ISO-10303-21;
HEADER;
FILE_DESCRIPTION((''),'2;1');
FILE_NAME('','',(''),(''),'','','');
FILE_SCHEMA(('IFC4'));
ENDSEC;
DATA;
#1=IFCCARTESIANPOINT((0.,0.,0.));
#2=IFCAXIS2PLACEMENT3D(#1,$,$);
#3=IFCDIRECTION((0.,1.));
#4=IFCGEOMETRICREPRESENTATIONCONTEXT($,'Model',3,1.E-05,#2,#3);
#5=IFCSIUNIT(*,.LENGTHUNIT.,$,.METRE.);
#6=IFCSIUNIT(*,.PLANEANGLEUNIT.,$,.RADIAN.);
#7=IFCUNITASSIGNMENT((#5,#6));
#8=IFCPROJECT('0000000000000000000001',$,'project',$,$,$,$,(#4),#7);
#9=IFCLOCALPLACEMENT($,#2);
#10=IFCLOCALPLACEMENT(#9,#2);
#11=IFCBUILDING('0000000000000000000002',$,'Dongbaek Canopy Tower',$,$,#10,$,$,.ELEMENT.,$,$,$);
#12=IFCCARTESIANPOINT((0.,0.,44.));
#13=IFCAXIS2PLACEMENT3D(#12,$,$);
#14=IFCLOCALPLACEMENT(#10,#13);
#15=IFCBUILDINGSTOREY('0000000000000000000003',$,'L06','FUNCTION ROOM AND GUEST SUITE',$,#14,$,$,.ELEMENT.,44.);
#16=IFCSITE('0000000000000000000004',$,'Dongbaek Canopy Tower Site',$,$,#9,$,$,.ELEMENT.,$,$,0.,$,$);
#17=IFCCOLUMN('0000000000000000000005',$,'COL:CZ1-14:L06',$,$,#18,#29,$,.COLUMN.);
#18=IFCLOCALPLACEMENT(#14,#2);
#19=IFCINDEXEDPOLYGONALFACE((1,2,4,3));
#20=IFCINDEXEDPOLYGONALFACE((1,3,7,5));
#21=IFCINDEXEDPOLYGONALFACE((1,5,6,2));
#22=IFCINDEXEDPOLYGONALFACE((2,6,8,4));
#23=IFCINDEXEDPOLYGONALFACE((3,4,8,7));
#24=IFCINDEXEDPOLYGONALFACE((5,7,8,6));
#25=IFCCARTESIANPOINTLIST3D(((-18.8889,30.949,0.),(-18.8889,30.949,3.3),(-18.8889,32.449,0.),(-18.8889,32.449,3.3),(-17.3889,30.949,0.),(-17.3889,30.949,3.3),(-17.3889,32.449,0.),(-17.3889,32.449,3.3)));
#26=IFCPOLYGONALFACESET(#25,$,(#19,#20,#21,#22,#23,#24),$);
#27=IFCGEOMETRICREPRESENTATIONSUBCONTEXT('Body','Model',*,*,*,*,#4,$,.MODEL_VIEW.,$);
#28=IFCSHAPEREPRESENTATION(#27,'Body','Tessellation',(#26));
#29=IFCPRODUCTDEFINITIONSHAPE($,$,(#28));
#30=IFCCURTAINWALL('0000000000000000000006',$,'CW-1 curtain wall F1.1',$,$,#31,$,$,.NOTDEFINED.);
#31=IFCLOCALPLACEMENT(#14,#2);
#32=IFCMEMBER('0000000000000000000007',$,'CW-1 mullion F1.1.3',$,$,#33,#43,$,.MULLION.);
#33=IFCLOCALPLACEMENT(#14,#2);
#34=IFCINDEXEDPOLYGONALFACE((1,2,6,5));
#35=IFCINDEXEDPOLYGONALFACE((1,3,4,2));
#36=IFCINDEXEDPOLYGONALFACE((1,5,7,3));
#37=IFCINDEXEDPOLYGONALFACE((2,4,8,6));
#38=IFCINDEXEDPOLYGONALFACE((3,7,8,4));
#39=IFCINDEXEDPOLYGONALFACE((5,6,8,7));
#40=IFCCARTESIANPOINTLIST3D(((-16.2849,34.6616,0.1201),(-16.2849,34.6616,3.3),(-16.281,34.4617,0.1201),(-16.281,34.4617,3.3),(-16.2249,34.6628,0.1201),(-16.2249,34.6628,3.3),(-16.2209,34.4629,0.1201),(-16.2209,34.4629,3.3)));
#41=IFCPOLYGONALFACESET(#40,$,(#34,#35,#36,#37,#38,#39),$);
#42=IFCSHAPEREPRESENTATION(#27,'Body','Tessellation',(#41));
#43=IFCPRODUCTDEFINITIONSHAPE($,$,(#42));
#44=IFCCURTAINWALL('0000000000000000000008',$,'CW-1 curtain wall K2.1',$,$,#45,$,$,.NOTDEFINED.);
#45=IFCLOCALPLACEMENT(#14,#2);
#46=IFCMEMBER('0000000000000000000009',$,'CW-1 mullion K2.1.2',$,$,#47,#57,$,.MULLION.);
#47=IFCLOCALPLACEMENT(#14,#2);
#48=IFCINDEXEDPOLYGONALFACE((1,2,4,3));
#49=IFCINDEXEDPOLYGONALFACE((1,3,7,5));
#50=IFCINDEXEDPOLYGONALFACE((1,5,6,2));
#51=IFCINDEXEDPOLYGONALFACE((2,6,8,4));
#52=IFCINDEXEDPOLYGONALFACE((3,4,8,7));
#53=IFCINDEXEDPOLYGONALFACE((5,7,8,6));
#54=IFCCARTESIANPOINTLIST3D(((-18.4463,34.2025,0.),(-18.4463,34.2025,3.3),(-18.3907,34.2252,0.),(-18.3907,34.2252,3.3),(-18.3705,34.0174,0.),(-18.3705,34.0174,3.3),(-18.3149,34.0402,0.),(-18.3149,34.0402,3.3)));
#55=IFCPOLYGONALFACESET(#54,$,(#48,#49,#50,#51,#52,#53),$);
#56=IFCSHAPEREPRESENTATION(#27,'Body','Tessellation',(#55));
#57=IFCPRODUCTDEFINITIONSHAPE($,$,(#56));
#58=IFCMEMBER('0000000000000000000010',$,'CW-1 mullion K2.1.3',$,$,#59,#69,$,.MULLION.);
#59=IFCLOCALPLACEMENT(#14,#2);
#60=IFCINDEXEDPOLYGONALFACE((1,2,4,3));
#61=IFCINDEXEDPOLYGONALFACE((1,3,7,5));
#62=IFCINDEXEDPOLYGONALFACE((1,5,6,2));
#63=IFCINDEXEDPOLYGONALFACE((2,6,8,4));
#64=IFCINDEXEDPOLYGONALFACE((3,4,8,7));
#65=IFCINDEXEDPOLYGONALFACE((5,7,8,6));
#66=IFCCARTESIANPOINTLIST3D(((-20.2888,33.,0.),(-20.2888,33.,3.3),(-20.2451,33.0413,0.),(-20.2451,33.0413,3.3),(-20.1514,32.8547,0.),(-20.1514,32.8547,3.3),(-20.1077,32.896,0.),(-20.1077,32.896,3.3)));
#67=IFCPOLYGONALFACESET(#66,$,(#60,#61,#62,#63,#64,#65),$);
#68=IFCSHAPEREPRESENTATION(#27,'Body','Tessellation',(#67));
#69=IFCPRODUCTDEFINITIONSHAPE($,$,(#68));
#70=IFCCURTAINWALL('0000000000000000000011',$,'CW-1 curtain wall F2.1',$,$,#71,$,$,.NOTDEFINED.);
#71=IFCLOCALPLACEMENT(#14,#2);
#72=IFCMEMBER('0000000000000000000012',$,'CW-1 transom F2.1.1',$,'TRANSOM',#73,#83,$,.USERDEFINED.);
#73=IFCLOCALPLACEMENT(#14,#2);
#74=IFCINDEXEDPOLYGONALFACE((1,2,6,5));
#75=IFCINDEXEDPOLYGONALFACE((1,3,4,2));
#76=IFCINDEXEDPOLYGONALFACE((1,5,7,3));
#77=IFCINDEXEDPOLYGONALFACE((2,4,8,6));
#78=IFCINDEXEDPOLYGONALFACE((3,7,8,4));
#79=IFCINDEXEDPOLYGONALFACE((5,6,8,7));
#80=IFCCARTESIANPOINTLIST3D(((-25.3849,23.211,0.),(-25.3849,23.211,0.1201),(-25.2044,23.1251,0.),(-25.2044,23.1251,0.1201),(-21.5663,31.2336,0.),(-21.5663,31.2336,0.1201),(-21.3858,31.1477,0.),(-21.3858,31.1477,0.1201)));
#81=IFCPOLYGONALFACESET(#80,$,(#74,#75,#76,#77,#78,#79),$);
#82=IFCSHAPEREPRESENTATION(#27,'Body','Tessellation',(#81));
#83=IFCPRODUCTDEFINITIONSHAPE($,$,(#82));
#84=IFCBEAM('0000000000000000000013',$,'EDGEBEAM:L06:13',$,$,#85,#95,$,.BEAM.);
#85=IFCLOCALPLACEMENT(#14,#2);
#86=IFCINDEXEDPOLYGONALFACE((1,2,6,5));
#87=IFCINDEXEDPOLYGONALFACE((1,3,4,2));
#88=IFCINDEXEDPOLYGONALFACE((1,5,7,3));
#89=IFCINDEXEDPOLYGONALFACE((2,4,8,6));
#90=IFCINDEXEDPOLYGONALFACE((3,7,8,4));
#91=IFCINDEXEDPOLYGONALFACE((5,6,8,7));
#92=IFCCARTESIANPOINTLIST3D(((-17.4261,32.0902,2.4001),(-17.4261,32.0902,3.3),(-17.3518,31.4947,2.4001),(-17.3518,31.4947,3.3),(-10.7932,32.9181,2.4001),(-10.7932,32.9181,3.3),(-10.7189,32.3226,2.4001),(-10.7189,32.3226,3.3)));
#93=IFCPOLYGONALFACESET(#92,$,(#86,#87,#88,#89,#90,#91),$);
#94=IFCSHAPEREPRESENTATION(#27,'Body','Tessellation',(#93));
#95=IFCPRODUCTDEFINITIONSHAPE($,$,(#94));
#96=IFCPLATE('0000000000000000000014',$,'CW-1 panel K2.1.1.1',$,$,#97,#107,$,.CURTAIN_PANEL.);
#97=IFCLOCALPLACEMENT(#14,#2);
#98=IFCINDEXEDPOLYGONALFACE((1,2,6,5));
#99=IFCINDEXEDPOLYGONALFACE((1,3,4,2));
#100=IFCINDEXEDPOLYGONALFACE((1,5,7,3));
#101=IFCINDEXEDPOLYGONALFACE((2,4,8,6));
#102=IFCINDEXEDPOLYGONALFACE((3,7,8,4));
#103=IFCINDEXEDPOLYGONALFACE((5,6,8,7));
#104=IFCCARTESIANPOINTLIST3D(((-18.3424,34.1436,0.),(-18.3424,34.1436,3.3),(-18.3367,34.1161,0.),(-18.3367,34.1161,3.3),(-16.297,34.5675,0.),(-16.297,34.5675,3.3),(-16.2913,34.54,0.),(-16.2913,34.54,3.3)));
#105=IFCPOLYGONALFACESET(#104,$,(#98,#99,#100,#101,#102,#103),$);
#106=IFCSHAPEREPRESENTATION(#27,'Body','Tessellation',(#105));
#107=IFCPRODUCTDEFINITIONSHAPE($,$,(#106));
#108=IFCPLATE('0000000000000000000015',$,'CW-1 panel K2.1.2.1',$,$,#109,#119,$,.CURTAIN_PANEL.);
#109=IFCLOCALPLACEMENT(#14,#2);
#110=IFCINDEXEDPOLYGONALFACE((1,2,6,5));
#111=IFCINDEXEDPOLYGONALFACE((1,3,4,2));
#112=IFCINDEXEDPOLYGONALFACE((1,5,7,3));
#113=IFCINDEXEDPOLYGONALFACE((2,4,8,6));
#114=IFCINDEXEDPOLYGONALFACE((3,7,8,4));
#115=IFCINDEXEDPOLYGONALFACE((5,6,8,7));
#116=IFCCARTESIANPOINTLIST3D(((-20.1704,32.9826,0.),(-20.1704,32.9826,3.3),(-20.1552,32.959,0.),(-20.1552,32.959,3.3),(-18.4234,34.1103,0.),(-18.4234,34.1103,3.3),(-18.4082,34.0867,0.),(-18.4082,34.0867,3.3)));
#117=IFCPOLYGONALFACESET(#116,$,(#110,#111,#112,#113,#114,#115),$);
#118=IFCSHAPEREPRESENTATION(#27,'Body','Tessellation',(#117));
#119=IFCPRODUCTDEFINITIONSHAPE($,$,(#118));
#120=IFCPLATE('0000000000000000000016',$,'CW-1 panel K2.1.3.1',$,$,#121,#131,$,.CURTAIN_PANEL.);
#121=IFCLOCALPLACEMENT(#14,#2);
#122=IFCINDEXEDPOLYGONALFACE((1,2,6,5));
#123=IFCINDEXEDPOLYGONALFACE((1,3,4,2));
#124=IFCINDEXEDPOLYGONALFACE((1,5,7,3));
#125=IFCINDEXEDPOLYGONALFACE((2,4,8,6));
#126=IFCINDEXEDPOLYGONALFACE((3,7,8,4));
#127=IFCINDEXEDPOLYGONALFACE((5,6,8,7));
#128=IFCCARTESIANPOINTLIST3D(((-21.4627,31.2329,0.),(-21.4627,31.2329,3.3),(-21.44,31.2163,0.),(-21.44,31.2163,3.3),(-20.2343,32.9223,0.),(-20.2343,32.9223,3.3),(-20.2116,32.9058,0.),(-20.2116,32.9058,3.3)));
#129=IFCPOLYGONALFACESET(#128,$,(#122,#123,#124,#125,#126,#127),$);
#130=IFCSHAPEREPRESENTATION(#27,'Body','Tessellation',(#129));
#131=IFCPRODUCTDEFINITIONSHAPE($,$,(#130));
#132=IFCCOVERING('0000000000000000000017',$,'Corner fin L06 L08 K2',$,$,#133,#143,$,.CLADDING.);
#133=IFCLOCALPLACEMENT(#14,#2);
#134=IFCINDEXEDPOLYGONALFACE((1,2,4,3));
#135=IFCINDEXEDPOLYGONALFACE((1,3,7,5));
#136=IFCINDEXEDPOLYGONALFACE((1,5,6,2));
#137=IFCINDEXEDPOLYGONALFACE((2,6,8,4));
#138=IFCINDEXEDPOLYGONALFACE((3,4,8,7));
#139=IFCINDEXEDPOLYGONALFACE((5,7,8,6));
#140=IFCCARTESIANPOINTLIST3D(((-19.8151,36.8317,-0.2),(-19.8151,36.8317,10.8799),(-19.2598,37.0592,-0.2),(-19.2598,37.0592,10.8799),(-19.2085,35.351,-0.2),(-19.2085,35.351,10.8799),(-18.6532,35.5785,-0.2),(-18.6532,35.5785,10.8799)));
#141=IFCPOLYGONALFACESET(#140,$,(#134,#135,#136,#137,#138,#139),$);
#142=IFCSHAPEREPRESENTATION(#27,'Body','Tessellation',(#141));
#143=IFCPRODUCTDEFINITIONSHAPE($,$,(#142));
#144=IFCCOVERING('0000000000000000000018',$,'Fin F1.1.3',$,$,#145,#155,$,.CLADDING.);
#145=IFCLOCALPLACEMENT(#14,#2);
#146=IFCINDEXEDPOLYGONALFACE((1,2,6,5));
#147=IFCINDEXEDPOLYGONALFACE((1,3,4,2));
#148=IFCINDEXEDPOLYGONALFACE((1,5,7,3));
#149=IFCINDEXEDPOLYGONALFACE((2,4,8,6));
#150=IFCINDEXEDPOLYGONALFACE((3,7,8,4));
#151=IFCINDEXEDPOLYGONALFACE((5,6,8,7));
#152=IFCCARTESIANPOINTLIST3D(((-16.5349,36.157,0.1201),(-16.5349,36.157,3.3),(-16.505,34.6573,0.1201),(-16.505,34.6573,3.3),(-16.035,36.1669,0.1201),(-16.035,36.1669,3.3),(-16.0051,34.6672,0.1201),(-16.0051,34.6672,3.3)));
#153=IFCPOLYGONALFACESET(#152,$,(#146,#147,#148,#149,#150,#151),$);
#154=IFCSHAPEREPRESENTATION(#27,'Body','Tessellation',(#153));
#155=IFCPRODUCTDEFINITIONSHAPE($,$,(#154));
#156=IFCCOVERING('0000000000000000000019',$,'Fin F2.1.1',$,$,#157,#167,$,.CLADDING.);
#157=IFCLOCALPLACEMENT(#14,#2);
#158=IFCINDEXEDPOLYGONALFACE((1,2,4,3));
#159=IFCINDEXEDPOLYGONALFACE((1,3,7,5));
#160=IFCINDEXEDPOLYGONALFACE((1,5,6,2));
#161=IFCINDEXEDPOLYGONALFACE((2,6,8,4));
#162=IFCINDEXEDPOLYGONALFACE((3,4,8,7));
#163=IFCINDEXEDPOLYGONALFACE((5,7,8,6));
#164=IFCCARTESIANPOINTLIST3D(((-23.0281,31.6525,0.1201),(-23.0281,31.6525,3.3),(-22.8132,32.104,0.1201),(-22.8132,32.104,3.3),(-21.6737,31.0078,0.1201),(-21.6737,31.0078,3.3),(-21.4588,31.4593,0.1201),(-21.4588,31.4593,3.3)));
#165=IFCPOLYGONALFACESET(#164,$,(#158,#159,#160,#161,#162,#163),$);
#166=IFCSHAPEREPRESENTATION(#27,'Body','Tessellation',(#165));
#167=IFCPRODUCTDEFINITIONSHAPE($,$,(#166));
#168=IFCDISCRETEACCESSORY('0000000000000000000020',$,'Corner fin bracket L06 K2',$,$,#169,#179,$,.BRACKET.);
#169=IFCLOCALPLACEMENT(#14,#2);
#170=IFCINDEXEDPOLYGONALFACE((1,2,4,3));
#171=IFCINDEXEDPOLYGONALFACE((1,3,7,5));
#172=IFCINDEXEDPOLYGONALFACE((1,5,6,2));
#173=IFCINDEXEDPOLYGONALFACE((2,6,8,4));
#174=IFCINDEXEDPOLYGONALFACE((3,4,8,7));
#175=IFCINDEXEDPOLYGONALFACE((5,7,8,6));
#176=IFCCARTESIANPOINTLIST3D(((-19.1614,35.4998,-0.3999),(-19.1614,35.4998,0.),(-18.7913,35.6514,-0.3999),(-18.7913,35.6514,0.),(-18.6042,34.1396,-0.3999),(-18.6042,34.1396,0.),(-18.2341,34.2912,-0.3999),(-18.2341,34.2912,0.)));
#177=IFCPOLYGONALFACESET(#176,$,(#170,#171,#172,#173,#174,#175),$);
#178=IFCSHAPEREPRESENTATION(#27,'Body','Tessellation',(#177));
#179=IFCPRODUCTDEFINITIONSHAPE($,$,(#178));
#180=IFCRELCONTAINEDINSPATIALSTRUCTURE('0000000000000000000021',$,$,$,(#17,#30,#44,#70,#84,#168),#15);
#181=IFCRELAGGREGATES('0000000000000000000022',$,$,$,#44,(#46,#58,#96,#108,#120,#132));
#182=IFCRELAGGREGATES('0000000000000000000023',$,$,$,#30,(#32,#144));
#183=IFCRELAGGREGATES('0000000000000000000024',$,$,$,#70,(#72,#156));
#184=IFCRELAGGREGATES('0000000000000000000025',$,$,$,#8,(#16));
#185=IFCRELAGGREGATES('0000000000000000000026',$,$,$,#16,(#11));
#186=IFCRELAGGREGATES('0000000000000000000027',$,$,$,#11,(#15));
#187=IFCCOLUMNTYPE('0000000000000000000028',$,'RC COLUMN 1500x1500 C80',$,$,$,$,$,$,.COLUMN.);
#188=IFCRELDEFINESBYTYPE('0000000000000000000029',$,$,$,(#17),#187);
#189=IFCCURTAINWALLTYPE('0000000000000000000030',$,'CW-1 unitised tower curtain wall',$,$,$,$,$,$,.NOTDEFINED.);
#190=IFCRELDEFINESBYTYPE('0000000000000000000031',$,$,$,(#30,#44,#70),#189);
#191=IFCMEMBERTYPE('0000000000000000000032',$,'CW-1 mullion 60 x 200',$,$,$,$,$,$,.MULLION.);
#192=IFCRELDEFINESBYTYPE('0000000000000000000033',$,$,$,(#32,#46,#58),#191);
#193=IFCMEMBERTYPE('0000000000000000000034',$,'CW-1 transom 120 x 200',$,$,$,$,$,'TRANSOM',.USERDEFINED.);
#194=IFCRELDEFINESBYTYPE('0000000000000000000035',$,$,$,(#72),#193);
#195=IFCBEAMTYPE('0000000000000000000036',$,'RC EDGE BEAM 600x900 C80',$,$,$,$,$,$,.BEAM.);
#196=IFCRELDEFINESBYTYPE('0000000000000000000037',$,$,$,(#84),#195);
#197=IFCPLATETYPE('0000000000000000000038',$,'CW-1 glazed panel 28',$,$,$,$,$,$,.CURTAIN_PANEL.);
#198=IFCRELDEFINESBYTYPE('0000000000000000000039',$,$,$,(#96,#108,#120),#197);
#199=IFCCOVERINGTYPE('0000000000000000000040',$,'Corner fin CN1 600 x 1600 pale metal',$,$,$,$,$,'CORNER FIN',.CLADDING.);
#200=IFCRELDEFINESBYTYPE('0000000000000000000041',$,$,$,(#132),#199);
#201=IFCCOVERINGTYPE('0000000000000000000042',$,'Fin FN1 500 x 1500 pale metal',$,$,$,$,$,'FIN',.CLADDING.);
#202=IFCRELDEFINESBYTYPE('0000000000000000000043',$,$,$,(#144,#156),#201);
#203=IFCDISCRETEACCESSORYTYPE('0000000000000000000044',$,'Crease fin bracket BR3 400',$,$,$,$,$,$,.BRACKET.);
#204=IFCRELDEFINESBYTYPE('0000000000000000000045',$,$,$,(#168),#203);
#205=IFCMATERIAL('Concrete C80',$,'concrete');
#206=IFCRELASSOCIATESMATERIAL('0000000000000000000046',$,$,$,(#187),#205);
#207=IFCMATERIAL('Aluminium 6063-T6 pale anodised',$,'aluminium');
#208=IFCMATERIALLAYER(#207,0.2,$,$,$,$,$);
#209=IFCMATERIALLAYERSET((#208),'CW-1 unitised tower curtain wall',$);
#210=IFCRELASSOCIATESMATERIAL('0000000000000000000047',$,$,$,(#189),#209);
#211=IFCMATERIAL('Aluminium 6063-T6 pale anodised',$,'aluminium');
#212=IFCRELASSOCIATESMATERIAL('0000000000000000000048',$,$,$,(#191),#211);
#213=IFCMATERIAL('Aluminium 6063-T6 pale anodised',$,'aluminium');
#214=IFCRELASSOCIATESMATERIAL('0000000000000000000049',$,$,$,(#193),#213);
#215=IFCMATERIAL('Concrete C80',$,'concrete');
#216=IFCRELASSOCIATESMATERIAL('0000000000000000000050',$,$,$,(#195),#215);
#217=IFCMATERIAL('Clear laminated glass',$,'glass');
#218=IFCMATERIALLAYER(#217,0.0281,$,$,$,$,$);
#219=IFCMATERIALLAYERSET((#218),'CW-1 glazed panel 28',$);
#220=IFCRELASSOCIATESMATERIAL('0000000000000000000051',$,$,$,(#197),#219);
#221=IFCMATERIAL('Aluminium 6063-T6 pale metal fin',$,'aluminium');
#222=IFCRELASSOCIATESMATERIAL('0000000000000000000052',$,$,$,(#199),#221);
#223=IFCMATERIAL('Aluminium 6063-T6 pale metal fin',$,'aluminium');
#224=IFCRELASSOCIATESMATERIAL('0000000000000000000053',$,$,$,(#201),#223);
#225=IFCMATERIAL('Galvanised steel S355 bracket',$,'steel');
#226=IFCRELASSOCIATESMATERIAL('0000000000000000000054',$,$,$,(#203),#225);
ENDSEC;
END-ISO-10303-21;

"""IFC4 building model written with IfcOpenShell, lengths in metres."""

from ifc_helpers import new_model, si_unit, direction, frame, origin, origin_2d, place, context, subcontext, project, spatial, rectangle, extrude, material, layer, layer_set, material_profile, profile_set, type_object, element, aggregate, save


model = new_model("IFC4")

# Units and contexts
model_context = context("Model", 3, precision=1e-05, world=origin(), true_north=direction((0.0, 1.0)))
body_context = subcontext(model_context, "Body", "Model", "MODEL_VIEW")
ifc_project = project(units=[si_unit("LENGTHUNIT", "METRE"), si_unit("PLANEANGLEUNIT", "RADIAN")], contexts=[model_context])

# Site, building, storey
site_placement = place(None, origin())
site = spatial("IfcSite", under=ifc_project, at=site_placement, Name="Dongbaek Canopy Tower Site", CompositionType="ELEMENT", RefElevation=0.0)
building_placement = place(site_placement, origin())
building = spatial("IfcBuilding", under=site, at=building_placement, Name="Dongbaek Canopy Tower", CompositionType="ELEMENT")
storey_placement = place(building_placement, frame((0.0, 0.0, 44.0)))
storey = spatial("IfcBuildingStorey", under=building, at=storey_placement, Name="L06", Description="FUNCTION ROOM AND GUEST SUITE", CompositionType="ELEMENT", Elevation=44.0)

# Column
ifc_material_1 = material(Name="Concrete C80", Category="concrete")
ifc_material_profile_1 = material_profile(ifc_material_1, rectangle(XDim=1.5, YDim=1.5, at=origin_2d()), Name="RC COLUMN 1500x1500 C80")
ifc_profile_set_1 = profile_set([ifc_material_profile_1], Name="Concrete C80")
column_type = type_object("IfcColumnType", Name="RC COLUMN 1500x1500 C80", PredefinedType="COLUMN", material=ifc_profile_set_1)
column_placement = place(storey_placement, frame((-18.1389, 31.699, 0.0), z_axis=(0.0, 0.0, 1.0), x_axis=(1.0, 0.0, 0.0)))
element("IfcColumn", 1, at=column_placement, inside=storey, type_object=column_type, Name="COL:CZ1-14:L06", PredefinedType="COLUMN", context=body_context, shape_type="SweptSolid", body=[
    extrude(rectangle(XDim=1.5, YDim=1.5, at=origin_2d()), origin(), (0.0, 0.0, 1.0), 3.3),
])

# Curtain wall, member
ifc_material_2 = material(Name="Aluminium 6063-T6 pale anodised", Category="aluminium")
ifc_layer_1 = layer(ifc_material_2, 0.2)
ifc_layer_set_1 = layer_set([ifc_layer_1], Name="CW-1 unitised tower curtain wall")
curtain_wall_type = type_object("IfcCurtainWallType", Name="CW-1 unitised tower curtain wall", PredefinedType="NOTDEFINED", material=ifc_layer_set_1)
curtain_wall_1_placement = place(storey_placement, origin())
curtain_wall_1 = element("IfcCurtainWall", 2, at=curtain_wall_1_placement, inside=storey, type_object=curtain_wall_type, Name="CW-1 curtain wall F1.1", PredefinedType="NOTDEFINED")
ifc_material_3 = material(Name="Aluminium 6063-T6 pale anodised", Category="aluminium")
ifc_material_profile_2 = material_profile(ifc_material_3, rectangle(XDim=0.2, YDim=0.0601, at=origin_2d()), Name="CW-1 mullion 60 x 200")
ifc_profile_set_2 = profile_set([ifc_material_profile_2], Name="Aluminium 6063-T6 pale anodised")
member_type_1 = type_object("IfcMemberType", Name="CW-1 mullion 60 x 200", PredefinedType="MULLION", material=ifc_profile_set_2)
member_1_placement = place(storey_placement, frame((-16.2529, 34.5623, 0.1201), z_axis=(0.0, 0.0, 1.0), x_axis=(-0.019926, 0.999801, 0.0)))
member_1 = element("IfcMember", 3, at=member_1_placement, type_object=member_type_1, Name="CW-1 mullion F1.1.3", PredefinedType="MULLION", context=body_context, shape_type="SweptSolid", body=[
    extrude(rectangle(XDim=0.2, YDim=0.0601, at=origin_2d()), origin(), (0.0, 0.0, 1.0), 3.1799),
])

# Curtain wall, members
curtain_wall_2_placement = place(storey_placement, origin())
curtain_wall_2 = element("IfcCurtainWall", 4, at=curtain_wall_2_placement, inside=storey, type_object=curtain_wall_type, Name="CW-1 curtain wall K2.1", PredefinedType="NOTDEFINED")
member_2_placement = place(storey_placement, frame((-18.3806, 34.1213, 0.0), z_axis=(0.0, 0.0, 1.0), x_axis=(-0.379075, 0.925366, 0.0)))
member_2 = element("IfcMember", 5, at=member_2_placement, type_object=member_type_1, Name="CW-1 mullion K2.1.2", PredefinedType="MULLION", context=body_context, shape_type="SweptSolid", body=[
    extrude(rectangle(XDim=0.2, YDim=0.0601, at=origin_2d()), origin(), (0.0, 0.0, 1.0), 3.3),
])
member_3_placement = place(storey_placement, frame((-20.1982, 32.948, 0.0), z_axis=(0.0, 0.0, 1.0), x_axis=(-0.687228, 0.726442, 0.0)))
member_3 = element("IfcMember", 6, at=member_3_placement, type_object=member_type_1, Name="CW-1 mullion K2.1.3", PredefinedType="MULLION", context=body_context, shape_type="SweptSolid", body=[
    extrude(rectangle(XDim=0.2, YDim=0.0601, at=origin_2d()), origin(), (0.0, 0.0, 1.0), 3.3),
])

# Curtain wall, member
curtain_wall_3_placement = place(storey_placement, origin())
curtain_wall_3 = element("IfcCurtainWall", 7, at=curtain_wall_3_placement, inside=storey, type_object=curtain_wall_type, Name="CW-1 curtain wall F2.1", PredefinedType="NOTDEFINED")
ifc_material_4 = material(Name="Aluminium 6063-T6 pale anodised", Category="aluminium")
ifc_material_profile_3 = material_profile(ifc_material_4, rectangle(XDim=0.2, YDim=0.1201, at=origin_2d()), Name="CW-1 transom 120 x 200")
ifc_profile_set_3 = profile_set([ifc_material_profile_3], Name="Aluminium 6063-T6 pale anodised")
member_type_2 = type_object("IfcMemberType", Name="CW-1 transom 120 x 200", ElementType="TRANSOM", PredefinedType="USERDEFINED", material=ifc_profile_set_3)
member_4_placement = place(storey_placement, frame((-21.4761, 31.1907, 0.0601), z_axis=(-0.429775, -0.902936, 0.0), x_axis=(0.902936, -0.429775, 0.0)))
member_4 = element("IfcMember", 8, at=member_4_placement, type_object=member_type_2, Name="CW-1 transom F2.1.1", ObjectType="TRANSOM", PredefinedType="USERDEFINED", context=body_context, shape_type="SweptSolid", body=[
    extrude(rectangle(XDim=0.2, YDim=0.1201, at=origin_2d()), origin(), (0.0, 0.0, 1.0), 8.885),
])

# Beam
ifc_material_5 = material(Name="Concrete C80", Category="concrete")
ifc_material_profile_4 = material_profile(ifc_material_5, rectangle(XDim=0.6001, YDim=0.8999, at=origin_2d()), Name="RC EDGE BEAM 600x900 C80")
ifc_profile_set_4 = profile_set([ifc_material_profile_4], Name="Concrete C80")
beam_type = type_object("IfcBeamType", Name="RC EDGE BEAM 600x900 C80", PredefinedType="BEAM", material=ifc_profile_set_4)
beam_placement = place(storey_placement, frame((-17.3889, 31.7925, 2.8501), z_axis=(0.9923, 0.123855, 0.0), x_axis=(-0.123855, 0.9923, 0.0)))
element("IfcBeam", 9, at=beam_placement, inside=storey, type_object=beam_type, Name="EDGEBEAM:L06:13", PredefinedType="BEAM", context=body_context, shape_type="SweptSolid", body=[
    extrude(rectangle(XDim=0.6001, YDim=0.8999, at=origin_2d()), origin(), (0.0, 0.0, 1.0), 6.6843),
])

# Plates
ifc_material_6 = material(Name="Clear laminated glass", Category="glass")
ifc_layer_2 = layer(ifc_material_6, 0.0281)
ifc_layer_set_2 = layer_set([ifc_layer_2], Name="CW-1 glazed panel 28")
plate_type = type_object("IfcPlateType", Name="CW-1 glazed panel 28", PredefinedType="CURTAIN_PANEL", material=ifc_layer_set_2)
plate_1_placement = place(storey_placement, frame((-17.3169, 34.3418, 0.0), z_axis=(0.0, 0.0, 1.0), x_axis=(-0.979191, -0.202942, 0.0)))
plate_1 = element("IfcPlate", 10, at=plate_1_placement, type_object=plate_type, Name="CW-1 panel K2.1.1.1", PredefinedType="CURTAIN_PANEL", context=body_context, shape_type="SweptSolid", body=[
    extrude(rectangle(XDim=2.0889, YDim=0.0281, at=origin_2d()), origin(), (0.0, 0.0, 1.0), 3.3),
])
plate_2_placement = place(storey_placement, frame((-19.2893, 33.5347, 0.0), z_axis=(0.0, 0.0, 1.0), x_axis=(-0.840153, -0.54235, 0.0)))
plate_2 = element("IfcPlate", 11, at=plate_2_placement, type_object=plate_type, Name="CW-1 panel K2.1.2.1", PredefinedType="CURTAIN_PANEL", context=body_context, shape_type="SweptSolid", body=[
    extrude(rectangle(XDim=2.0793, YDim=0.0281, at=origin_2d()), origin(), (0.0, 0.0, 1.0), 3.3),
])
plate_3_placement = place(storey_placement, frame((-20.8372, 32.0693, 0.0), z_axis=(0.0, 0.0, 1.0), x_axis=(-0.58809, -0.808796, 0.0)))
plate_3 = element("IfcPlate", 12, at=plate_3_placement, type_object=plate_type, Name="CW-1 panel K2.1.3.1", PredefinedType="CURTAIN_PANEL", context=body_context, shape_type="SweptSolid", body=[
    extrude(rectangle(XDim=2.0889, YDim=0.0281, at=origin_2d()), origin(), (0.0, 0.0, 1.0), 3.3),
])

# Coverings
ifc_material_7 = material(Name="Aluminium 6063-T6 pale metal fin", Category="aluminium")
ifc_material_profile_5 = material_profile(ifc_material_7, rectangle(XDim=1.6001, YDim=0.6001, at=origin_2d()), Name="Corner fin CN1 600 x 1600 pale metal")
ifc_profile_set_5 = profile_set([ifc_material_profile_5], Name="Aluminium 6063-T6 pale metal fin")
covering_type_1 = type_object("IfcCoveringType", Name="Corner fin CN1 600 x 1600 pale metal", ElementType="CORNER FIN", PredefinedType="CLADDING", material=ifc_profile_set_5)
covering_1_placement = place(storey_placement, frame((-19.2341, 36.2051, -0.2), z_axis=(0.0, 0.0, 1.0), x_axis=(-0.379075, 0.925366, 0.0)))
covering_1 = element("IfcCovering", 13, at=covering_1_placement, type_object=covering_type_1, Name="Corner fin L06 L08 K2", PredefinedType="CLADDING", context=body_context, shape_type="SweptSolid", body=[
    extrude(rectangle(XDim=1.6001, YDim=0.6001, at=origin_2d()), origin(), (0.0, 0.0, 1.0), 11.0798),
])
aggregate(curtain_wall_2, [member_2, member_3, plate_1, plate_2, plate_3, covering_1])
ifc_material_8 = material(Name="Aluminium 6063-T6 pale metal fin", Category="aluminium")
ifc_material_profile_6 = material_profile(ifc_material_8, rectangle(XDim=1.5, YDim=0.5, at=origin_2d()), Name="Fin FN1 500 x 1500 pale metal")
ifc_profile_set_6 = profile_set([ifc_material_profile_6], Name="Aluminium 6063-T6 pale metal fin")
covering_type_2 = type_object("IfcCoveringType", Name="Fin FN1 500 x 1500 pale metal", ElementType="FIN", PredefinedType="CLADDING", material=ifc_profile_set_6)
covering_2_placement = place(storey_placement, frame((-16.27, 35.4121, 0.1201), z_axis=(0.0, 0.0, 1.0), x_axis=(-0.019926, 0.999801, 0.0)))
covering_2 = element("IfcCovering", 14, at=covering_2_placement, type_object=covering_type_2, Name="Fin F1.1.3", PredefinedType="CLADDING", context=body_context, shape_type="SweptSolid", body=[
    extrude(rectangle(XDim=1.5, YDim=0.5, at=origin_2d()), origin(), (0.0, 0.0, 1.0), 3.1799),
])
aggregate(curtain_wall_1, [member_1, covering_2])
covering_3_placement = place(storey_placement, frame((-22.2434, 31.5559, 0.1201), z_axis=(0.0, 0.0, 1.0), x_axis=(-0.902929, 0.42979, 0.0)))
covering_3 = element("IfcCovering", 15, at=covering_3_placement, type_object=covering_type_2, Name="Fin F2.1.1", PredefinedType="CLADDING", context=body_context, shape_type="SweptSolid", body=[
    extrude(rectangle(XDim=1.5, YDim=0.5, at=origin_2d()), origin(), (0.0, 0.0, 1.0), 3.1799),
])
aggregate(curtain_wall_3, [member_4, covering_3])

# Discrete accessory
ifc_material_9 = material(Name="Galvanised steel S355 bracket", Category="steel")
discrete_accessory_type = type_object("IfcDiscreteAccessoryType", Name="Crease fin bracket BR3 400", PredefinedType="BRACKET", material=ifc_material_9)
discrete_accessory_placement = place(storey_placement, frame((-18.6978, 34.8955, -0.3999), z_axis=(0.0, 0.0, 1.0), x_axis=(-0.379075, 0.925366, 0.0)))
element("IfcDiscreteAccessory", 16, at=discrete_accessory_placement, inside=storey, type_object=discrete_accessory_type, Name="Corner fin bracket L06 K2", PredefinedType="BRACKET", context=body_context, shape_type="SweptSolid", body=[
    extrude(rectangle(XDim=1.47, YDim=0.3999, at=origin_2d()), origin(), (0.0, 0.0, 1.0), 0.3999),
])

save(model, "model.ifc")
